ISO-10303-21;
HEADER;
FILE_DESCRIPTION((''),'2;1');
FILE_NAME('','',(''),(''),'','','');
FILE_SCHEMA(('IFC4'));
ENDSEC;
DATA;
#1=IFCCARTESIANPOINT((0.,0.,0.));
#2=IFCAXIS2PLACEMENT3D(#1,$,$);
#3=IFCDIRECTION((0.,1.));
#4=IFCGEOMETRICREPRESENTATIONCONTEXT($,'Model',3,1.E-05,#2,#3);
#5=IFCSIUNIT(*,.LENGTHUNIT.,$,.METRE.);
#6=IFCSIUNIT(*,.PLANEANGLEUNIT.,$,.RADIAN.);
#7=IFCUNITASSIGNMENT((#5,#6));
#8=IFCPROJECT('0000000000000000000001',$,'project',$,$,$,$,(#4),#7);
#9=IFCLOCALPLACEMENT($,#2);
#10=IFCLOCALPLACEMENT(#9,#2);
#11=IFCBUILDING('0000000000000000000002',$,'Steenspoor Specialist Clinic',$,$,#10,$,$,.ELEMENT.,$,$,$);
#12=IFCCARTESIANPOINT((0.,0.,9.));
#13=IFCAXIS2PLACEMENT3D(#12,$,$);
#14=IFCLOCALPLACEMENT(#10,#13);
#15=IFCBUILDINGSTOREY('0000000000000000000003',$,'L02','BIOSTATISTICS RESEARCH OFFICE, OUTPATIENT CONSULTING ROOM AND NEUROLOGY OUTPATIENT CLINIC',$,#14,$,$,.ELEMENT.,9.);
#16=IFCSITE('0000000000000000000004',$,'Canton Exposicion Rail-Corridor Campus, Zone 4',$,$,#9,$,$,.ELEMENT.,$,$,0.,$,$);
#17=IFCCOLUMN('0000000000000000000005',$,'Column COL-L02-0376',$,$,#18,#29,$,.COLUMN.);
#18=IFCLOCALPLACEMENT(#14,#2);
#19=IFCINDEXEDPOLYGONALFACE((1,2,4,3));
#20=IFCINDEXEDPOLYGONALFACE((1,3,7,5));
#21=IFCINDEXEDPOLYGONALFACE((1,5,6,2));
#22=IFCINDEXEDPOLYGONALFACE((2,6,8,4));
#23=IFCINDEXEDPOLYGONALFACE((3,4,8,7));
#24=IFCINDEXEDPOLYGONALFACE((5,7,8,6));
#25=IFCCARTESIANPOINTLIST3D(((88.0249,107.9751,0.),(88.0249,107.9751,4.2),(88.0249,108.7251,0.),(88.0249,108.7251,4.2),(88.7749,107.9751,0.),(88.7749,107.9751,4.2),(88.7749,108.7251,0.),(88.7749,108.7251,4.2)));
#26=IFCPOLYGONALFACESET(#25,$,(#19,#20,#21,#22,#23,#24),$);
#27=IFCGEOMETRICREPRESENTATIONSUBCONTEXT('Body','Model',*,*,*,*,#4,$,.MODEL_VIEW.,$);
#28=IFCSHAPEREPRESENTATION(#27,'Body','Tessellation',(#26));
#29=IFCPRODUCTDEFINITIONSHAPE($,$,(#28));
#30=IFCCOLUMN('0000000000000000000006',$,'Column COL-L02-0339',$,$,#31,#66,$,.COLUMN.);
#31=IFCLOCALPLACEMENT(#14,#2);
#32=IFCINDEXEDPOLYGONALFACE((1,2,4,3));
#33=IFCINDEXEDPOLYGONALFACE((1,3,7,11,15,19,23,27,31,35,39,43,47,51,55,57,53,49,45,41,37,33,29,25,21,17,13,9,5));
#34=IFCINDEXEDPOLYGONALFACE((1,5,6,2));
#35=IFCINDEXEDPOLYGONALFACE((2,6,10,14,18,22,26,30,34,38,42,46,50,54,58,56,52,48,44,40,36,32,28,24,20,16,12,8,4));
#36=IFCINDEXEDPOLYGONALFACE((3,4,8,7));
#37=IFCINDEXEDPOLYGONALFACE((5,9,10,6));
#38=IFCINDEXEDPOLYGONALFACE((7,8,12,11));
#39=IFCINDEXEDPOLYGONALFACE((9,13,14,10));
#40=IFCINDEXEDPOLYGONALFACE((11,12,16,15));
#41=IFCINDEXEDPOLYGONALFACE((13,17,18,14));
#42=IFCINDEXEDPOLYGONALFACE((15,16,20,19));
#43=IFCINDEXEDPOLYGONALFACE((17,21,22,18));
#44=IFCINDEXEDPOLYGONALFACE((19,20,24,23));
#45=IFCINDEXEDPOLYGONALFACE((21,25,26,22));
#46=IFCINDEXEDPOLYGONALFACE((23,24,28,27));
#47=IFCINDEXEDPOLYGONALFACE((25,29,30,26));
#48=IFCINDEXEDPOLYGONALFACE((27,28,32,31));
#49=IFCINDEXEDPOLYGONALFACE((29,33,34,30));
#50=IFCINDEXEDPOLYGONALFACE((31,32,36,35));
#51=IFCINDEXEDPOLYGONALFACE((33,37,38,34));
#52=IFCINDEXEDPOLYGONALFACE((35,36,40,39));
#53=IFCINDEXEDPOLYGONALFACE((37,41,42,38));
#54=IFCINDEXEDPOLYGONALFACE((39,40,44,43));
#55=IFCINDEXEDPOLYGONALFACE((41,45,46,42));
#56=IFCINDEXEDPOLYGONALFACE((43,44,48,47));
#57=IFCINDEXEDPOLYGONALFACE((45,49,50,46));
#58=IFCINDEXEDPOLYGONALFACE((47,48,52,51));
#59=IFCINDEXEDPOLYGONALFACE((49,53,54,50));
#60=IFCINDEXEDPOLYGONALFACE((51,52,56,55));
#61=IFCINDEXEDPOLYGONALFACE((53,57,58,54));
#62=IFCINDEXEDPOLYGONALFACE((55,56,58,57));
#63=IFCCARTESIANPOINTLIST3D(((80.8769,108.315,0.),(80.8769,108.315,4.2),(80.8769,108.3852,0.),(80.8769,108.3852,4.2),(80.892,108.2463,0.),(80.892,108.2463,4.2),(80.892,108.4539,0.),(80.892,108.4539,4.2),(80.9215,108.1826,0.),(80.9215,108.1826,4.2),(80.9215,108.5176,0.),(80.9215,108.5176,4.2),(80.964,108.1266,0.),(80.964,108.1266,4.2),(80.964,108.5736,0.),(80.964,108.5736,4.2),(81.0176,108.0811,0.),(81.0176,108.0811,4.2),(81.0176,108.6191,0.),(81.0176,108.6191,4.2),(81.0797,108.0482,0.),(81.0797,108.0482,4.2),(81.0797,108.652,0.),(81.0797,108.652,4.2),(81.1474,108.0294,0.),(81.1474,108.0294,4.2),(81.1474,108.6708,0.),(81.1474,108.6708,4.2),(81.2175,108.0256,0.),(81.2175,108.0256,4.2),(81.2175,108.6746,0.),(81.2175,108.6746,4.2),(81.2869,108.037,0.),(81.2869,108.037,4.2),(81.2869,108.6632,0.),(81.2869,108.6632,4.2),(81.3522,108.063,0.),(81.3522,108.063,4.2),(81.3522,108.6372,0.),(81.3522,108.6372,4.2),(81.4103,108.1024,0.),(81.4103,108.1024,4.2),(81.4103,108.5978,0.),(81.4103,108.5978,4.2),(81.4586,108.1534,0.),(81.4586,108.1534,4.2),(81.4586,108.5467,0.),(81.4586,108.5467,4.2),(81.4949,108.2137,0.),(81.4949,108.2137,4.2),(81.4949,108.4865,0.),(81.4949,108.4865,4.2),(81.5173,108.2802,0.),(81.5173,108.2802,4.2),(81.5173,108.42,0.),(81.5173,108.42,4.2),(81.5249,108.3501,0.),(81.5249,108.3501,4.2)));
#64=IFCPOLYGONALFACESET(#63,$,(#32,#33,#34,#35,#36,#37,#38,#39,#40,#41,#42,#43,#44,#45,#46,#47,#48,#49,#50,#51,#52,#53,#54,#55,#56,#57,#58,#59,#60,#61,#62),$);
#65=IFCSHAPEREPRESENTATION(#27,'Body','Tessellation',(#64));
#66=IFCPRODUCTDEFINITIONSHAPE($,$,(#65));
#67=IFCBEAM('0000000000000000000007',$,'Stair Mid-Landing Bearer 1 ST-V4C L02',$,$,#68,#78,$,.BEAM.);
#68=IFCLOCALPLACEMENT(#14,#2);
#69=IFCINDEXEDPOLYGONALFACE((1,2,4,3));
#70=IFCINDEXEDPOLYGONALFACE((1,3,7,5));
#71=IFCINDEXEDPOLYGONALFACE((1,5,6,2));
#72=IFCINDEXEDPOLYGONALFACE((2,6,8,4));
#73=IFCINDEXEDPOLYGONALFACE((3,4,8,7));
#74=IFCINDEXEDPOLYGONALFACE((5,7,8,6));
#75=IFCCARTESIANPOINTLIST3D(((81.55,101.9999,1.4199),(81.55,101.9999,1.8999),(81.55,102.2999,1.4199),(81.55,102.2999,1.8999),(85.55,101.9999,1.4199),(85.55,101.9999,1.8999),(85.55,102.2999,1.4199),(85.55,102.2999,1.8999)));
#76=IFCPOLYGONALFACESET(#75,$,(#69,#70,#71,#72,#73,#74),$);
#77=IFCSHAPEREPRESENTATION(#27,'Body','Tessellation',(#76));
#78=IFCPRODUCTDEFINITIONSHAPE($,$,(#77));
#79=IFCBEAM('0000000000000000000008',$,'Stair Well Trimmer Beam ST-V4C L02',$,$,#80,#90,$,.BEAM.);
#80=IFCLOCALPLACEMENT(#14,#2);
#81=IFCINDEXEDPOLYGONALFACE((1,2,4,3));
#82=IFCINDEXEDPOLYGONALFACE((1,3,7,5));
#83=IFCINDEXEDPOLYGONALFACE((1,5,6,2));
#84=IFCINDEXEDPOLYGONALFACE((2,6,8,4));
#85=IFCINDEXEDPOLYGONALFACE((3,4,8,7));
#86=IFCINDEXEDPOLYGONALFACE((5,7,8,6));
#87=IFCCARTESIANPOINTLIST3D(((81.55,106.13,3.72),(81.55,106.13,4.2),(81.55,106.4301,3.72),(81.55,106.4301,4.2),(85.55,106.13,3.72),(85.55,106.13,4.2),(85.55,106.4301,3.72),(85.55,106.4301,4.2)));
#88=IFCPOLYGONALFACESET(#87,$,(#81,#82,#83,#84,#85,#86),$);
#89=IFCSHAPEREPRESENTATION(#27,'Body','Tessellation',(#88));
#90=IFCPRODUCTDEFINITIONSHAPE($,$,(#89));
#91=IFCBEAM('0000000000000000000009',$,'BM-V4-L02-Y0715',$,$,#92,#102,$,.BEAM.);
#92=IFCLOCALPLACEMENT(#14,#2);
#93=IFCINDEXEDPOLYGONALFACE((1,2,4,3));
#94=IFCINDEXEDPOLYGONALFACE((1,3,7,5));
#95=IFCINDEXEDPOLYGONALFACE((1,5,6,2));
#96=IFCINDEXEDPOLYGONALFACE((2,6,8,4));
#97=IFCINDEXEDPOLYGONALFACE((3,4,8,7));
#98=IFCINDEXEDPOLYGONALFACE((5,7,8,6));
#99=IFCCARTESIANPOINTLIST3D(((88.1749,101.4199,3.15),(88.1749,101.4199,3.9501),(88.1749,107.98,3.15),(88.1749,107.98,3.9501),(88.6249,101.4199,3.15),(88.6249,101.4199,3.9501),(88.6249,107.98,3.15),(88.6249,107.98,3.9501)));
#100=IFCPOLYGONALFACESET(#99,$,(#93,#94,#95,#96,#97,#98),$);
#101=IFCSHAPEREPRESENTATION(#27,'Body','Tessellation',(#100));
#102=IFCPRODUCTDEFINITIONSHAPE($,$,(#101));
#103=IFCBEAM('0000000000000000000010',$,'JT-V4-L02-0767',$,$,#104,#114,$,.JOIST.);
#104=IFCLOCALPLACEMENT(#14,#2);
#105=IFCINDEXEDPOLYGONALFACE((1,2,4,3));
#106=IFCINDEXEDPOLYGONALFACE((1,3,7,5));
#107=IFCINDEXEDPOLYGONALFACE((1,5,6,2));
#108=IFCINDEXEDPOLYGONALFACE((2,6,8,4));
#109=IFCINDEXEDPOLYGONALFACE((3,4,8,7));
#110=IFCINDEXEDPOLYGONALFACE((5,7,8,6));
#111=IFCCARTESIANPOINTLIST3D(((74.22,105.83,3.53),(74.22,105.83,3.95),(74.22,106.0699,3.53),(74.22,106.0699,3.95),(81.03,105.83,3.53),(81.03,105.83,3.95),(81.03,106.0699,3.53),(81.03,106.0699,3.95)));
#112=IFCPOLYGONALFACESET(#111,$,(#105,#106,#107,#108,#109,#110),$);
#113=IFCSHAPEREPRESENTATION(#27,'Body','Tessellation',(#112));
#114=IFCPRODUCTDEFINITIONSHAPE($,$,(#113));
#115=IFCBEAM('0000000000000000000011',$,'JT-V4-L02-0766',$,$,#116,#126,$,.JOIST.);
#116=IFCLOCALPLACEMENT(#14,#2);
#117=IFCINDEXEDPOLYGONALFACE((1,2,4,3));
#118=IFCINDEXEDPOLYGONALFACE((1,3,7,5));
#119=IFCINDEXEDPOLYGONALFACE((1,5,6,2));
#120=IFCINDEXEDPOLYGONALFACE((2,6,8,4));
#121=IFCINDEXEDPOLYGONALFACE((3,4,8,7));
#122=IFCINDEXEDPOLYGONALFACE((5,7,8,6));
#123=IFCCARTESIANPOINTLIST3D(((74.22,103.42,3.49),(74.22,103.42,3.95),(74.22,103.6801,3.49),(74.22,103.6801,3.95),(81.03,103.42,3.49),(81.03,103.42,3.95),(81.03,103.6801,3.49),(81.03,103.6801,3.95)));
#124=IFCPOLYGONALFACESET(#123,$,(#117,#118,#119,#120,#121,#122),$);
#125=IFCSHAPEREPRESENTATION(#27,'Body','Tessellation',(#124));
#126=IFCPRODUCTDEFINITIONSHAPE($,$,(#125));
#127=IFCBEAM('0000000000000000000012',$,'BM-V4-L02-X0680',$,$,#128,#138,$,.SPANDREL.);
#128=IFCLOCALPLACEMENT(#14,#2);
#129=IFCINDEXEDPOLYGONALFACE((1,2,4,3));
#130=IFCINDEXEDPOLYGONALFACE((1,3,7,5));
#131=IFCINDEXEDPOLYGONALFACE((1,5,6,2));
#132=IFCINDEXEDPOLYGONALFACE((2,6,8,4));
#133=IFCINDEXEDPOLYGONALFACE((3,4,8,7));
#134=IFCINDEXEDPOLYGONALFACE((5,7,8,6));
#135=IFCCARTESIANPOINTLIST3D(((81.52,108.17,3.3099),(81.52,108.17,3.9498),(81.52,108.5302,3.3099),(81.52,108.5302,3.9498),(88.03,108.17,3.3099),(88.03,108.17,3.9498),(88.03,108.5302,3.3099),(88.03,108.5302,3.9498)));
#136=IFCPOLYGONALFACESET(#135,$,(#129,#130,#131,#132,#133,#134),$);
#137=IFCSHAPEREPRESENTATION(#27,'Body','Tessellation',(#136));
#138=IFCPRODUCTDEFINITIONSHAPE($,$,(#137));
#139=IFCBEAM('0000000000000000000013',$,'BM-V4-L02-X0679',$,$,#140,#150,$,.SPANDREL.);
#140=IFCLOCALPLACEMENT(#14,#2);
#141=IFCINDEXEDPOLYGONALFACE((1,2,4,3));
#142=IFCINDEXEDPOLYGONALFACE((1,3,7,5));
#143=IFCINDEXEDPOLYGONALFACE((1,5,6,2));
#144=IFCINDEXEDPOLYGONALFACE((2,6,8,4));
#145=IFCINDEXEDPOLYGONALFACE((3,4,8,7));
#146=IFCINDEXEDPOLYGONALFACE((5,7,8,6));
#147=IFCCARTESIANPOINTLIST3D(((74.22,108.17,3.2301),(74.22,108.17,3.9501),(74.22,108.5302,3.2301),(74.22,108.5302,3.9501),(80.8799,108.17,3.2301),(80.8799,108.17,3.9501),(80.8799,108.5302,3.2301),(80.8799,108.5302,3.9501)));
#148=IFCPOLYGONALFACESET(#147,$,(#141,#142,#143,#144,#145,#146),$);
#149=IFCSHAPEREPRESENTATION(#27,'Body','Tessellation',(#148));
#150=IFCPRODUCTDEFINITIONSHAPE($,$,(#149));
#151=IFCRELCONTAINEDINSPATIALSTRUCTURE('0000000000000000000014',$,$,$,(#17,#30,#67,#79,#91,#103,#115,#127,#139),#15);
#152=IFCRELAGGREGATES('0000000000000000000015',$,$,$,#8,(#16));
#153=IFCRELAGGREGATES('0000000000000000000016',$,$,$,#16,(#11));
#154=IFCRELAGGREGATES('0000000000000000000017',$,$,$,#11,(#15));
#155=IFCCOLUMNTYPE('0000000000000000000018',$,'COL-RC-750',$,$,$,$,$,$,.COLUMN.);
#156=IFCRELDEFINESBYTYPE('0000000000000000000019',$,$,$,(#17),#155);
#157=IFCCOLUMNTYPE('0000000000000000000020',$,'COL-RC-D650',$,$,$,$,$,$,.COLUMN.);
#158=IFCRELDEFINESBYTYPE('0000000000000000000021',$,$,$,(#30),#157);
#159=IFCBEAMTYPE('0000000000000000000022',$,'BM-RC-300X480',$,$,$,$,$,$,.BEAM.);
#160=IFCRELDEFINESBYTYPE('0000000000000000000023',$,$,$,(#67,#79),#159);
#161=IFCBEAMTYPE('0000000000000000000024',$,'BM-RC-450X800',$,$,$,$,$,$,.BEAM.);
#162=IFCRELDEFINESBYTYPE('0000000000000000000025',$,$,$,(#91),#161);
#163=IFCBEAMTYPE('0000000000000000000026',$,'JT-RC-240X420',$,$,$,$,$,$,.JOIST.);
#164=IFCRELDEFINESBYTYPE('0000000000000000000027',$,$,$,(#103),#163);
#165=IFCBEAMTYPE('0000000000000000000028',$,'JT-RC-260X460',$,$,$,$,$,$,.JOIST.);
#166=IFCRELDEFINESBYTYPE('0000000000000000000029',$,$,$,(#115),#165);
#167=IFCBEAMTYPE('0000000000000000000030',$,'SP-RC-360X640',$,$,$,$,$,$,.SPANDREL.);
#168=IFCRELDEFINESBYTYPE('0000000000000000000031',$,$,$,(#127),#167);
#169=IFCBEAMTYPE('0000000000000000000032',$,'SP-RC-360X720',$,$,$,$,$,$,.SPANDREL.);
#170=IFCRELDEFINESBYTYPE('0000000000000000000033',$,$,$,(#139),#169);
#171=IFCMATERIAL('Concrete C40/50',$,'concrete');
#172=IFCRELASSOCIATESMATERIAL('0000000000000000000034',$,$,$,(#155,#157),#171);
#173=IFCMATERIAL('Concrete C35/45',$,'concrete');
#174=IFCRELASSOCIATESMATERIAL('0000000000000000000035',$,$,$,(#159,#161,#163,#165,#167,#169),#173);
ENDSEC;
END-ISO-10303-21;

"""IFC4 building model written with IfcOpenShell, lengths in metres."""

from ifc_helpers import new_model, si_unit, direction, frame, origin, origin_2d, place, context, subcontext, project, spatial, rectangle, circle, extrude, material, material_profile, profile_set, type_object, element, save


model = new_model("IFC4")

# Units and contexts
model_context = context("Model", 3, precision=1e-05, world=origin(), true_north=direction((0.0, 1.0)))
body_context = subcontext(model_context, "Body", "Model", "MODEL_VIEW")
ifc_project = project(units=[si_unit("LENGTHUNIT", "METRE"), si_unit("PLANEANGLEUNIT", "RADIAN")], contexts=[model_context])

# Site, building, storey
site_placement = place(None, origin())
site = spatial("IfcSite", under=ifc_project, at=site_placement, Name="Canton Exposicion Rail-Corridor Campus, Zone 4", CompositionType="ELEMENT", RefElevation=0.0)
building_placement = place(site_placement, origin())
building = spatial("IfcBuilding", under=site, at=building_placement, Name="Steenspoor Specialist Clinic", CompositionType="ELEMENT")
storey_placement = place(building_placement, frame((0.0, 0.0, 9.0)))
storey = spatial("IfcBuildingStorey", under=building, at=storey_placement, Name="L02", Description="BIOSTATISTICS RESEARCH OFFICE, OUTPATIENT CONSULTING ROOM AND NEUROLOGY OUTPATIENT CLINIC", CompositionType="ELEMENT", Elevation=9.0)

# Columns
ifc_material_1 = material(Name="Concrete C40/50", Category="concrete")
ifc_material_profile_1 = material_profile(ifc_material_1, rectangle(XDim=0.75, YDim=0.75, at=origin_2d()), Name="RC-COL-750X750")
ifc_profile_set_1 = profile_set([ifc_material_profile_1], Name="Concrete C40/50")
column_type_1 = type_object("IfcColumnType", Name="COL-RC-750", PredefinedType="COLUMN", material=ifc_profile_set_1)
column_1_placement = place(storey_placement, frame((88.3999, 108.3501, 0.0), z_axis=(0.0, 0.0, 1.0), x_axis=(1.0, 0.0, 0.0)))
element("IfcColumn", 1, at=column_1_placement, inside=storey, type_object=column_type_1, Name="Column COL-L02-0376", PredefinedType="COLUMN", context=body_context, shape_type="SweptSolid", body=[
    extrude(rectangle(XDim=0.75, YDim=0.75, at=origin_2d()), origin(), (0.0, 0.0, 1.0), 4.2),
])
ifc_material_profile_2 = material_profile(ifc_material_1, circle(Radius=0.325, at=origin_2d()), Name="RC-COL-D650")
ifc_profile_set_2 = profile_set([ifc_material_profile_2], Name="Concrete C40/50")
column_type_2 = type_object("IfcColumnType", Name="COL-RC-D650", PredefinedType="COLUMN", material=ifc_profile_set_2)
column_2_placement = place(storey_placement, frame((81.2, 108.3501, 0.0), z_axis=(0.0, 0.0, 1.0), x_axis=(1.0, 0.0, 0.0)))
element("IfcColumn", 2, at=column_2_placement, inside=storey, type_object=column_type_2, Name="Column COL-L02-0339", PredefinedType="COLUMN", context=body_context, shape_type="SweptSolid", body=[
    extrude(circle(Radius=0.325, at=origin_2d()), origin(), (0.0, 0.0, 1.0), 4.2),
])

# Beams
ifc_material_2 = material(Name="Concrete C35/45", Category="concrete")
ifc_material_profile_3 = material_profile(ifc_material_2, rectangle(XDim=0.3, YDim=0.48, at=origin_2d()), Name="RC-BM-300X480")
ifc_profile_set_3 = profile_set([ifc_material_profile_3], Name="Concrete C35/45")
beam_type_1 = type_object("IfcBeamType", Name="BM-RC-300X480", PredefinedType="BEAM", material=ifc_profile_set_3)
for number, where, z_axis, x_axis, name in (
    (3, (81.55, 102.1499, 1.6599), (1.0, 0.0, 0.0), (0.0, 1.0, 0.0), "Stair Mid-Landing Bearer 1 ST-V4C L02"),
    (4, (81.55, 106.28, 3.96), (1.0, 0.0, 0.0), (0.0, 1.0, 0.0), "Stair Well Trimmer Beam ST-V4C L02"),
):
    element("IfcBeam", number, at=place(storey_placement, frame(where, z_axis=z_axis, x_axis=x_axis)), inside=storey, type_object=beam_type_1, Name=name, PredefinedType="BEAM", context=body_context, shape_type="SweptSolid", body=[
        extrude(rectangle(XDim=0.3, YDim=0.48, at=origin_2d()), origin(), (0.0, 0.0, 1.0), 4.0),
    ])
ifc_material_profile_4 = material_profile(ifc_material_2, rectangle(XDim=0.45, YDim=0.8, at=origin_2d()), Name="RC-BM-450X800")
ifc_profile_set_4 = profile_set([ifc_material_profile_4], Name="Concrete C35/45")
beam_type_2 = type_object("IfcBeamType", Name="BM-RC-450X800", PredefinedType="BEAM", material=ifc_profile_set_4)
beam_1_placement = place(storey_placement, frame((88.3999, 101.4199, 3.55), z_axis=(0.0, 1.0, 0.0), x_axis=(-1.0, 0.0, 0.0)))
element("IfcBeam", 5, at=beam_1_placement, inside=storey, type_object=beam_type_2, Name="BM-V4-L02-Y0715", PredefinedType="BEAM", context=body_context, shape_type="SweptSolid", body=[
    extrude(rectangle(XDim=0.45, YDim=0.8, at=origin_2d()), origin(), (0.0, 0.0, 1.0), 6.5601),
])
ifc_material_profile_5 = material_profile(ifc_material_2, rectangle(XDim=0.24, YDim=0.4199, at=origin_2d()), Name="RC-JT-240X420")
ifc_profile_set_5 = profile_set([ifc_material_profile_5], Name="Concrete C35/45")
beam_type_3 = type_object("IfcBeamType", Name="JT-RC-240X420", PredefinedType="JOIST", material=ifc_profile_set_5)
beam_2_placement = place(storey_placement, frame((74.22, 105.95, 3.74), z_axis=(1.0, 0.0, 0.0), x_axis=(0.0, 1.0, 0.0)))
element("IfcBeam", 6, at=beam_2_placement, inside=storey, type_object=beam_type_3, Name="JT-V4-L02-0767", PredefinedType="JOIST", context=body_context, shape_type="SweptSolid", body=[
    extrude(rectangle(XDim=0.24, YDim=0.4199, at=origin_2d()), origin(), (0.0, 0.0, 1.0), 6.8101),
])
ifc_material_profile_6 = material_profile(ifc_material_2, rectangle(XDim=0.26, YDim=0.46, at=origin_2d()), Name="RC-JT-260X460")
ifc_profile_set_6 = profile_set([ifc_material_profile_6], Name="Concrete C35/45")
beam_type_4 = type_object("IfcBeamType", Name="JT-RC-260X460", PredefinedType="JOIST", material=ifc_profile_set_6)
beam_3_placement = place(storey_placement, frame((74.22, 103.55, 3.72), z_axis=(1.0, 0.0, 0.0), x_axis=(0.0, 1.0, 0.0)))
element("IfcBeam", 7, at=beam_3_placement, inside=storey, type_object=beam_type_4, Name="JT-V4-L02-0766", PredefinedType="JOIST", context=body_context, shape_type="SweptSolid", body=[
    extrude(rectangle(XDim=0.26, YDim=0.46, at=origin_2d()), origin(), (0.0, 0.0, 1.0), 6.8101),
])
ifc_material_profile_7 = material_profile(ifc_material_2, rectangle(XDim=0.3601, YDim=0.6399, at=origin_2d()), Name="RC-SP-360X640")
ifc_profile_set_7 = profile_set([ifc_material_profile_7], Name="Concrete C35/45")
beam_type_5 = type_object("IfcBeamType", Name="SP-RC-360X640", PredefinedType="SPANDREL", material=ifc_profile_set_7)
beam_4_placement = place(storey_placement, frame((81.52, 108.3501, 3.6299), z_axis=(1.0, 0.0, 0.0), x_axis=(0.0, 1.0, 0.0)))
element("IfcBeam", 8, at=beam_4_placement, inside=storey, type_object=beam_type_5, Name="BM-V4-L02-X0680", PredefinedType="SPANDREL", context=body_context, shape_type="SweptSolid", body=[
    extrude(rectangle(XDim=0.3601, YDim=0.6399, at=origin_2d()), origin(), (0.0, 0.0, 1.0), 6.51),
])
ifc_material_profile_8 = material_profile(ifc_material_2, rectangle(XDim=0.3601, YDim=0.72, at=origin_2d()), Name="RC-SP-360X720")
ifc_profile_set_8 = profile_set([ifc_material_profile_8], Name="Concrete C35/45")
beam_type_6 = type_object("IfcBeamType", Name="SP-RC-360X720", PredefinedType="SPANDREL", material=ifc_profile_set_8)
beam_5_placement = place(storey_placement, frame((74.22, 108.3501, 3.5901), z_axis=(1.0, 0.0, 0.0), x_axis=(0.0, 1.0, 0.0)))
element("IfcBeam", 9, at=beam_5_placement, inside=storey, type_object=beam_type_6, Name="BM-V4-L02-X0679", PredefinedType="SPANDREL", context=body_context, shape_type="SweptSolid", body=[
    extrude(rectangle(XDim=0.3601, YDim=0.72, at=origin_2d()), origin(), (0.0, 0.0, 1.0), 6.6599),
])

save(model, "model.ifc")
